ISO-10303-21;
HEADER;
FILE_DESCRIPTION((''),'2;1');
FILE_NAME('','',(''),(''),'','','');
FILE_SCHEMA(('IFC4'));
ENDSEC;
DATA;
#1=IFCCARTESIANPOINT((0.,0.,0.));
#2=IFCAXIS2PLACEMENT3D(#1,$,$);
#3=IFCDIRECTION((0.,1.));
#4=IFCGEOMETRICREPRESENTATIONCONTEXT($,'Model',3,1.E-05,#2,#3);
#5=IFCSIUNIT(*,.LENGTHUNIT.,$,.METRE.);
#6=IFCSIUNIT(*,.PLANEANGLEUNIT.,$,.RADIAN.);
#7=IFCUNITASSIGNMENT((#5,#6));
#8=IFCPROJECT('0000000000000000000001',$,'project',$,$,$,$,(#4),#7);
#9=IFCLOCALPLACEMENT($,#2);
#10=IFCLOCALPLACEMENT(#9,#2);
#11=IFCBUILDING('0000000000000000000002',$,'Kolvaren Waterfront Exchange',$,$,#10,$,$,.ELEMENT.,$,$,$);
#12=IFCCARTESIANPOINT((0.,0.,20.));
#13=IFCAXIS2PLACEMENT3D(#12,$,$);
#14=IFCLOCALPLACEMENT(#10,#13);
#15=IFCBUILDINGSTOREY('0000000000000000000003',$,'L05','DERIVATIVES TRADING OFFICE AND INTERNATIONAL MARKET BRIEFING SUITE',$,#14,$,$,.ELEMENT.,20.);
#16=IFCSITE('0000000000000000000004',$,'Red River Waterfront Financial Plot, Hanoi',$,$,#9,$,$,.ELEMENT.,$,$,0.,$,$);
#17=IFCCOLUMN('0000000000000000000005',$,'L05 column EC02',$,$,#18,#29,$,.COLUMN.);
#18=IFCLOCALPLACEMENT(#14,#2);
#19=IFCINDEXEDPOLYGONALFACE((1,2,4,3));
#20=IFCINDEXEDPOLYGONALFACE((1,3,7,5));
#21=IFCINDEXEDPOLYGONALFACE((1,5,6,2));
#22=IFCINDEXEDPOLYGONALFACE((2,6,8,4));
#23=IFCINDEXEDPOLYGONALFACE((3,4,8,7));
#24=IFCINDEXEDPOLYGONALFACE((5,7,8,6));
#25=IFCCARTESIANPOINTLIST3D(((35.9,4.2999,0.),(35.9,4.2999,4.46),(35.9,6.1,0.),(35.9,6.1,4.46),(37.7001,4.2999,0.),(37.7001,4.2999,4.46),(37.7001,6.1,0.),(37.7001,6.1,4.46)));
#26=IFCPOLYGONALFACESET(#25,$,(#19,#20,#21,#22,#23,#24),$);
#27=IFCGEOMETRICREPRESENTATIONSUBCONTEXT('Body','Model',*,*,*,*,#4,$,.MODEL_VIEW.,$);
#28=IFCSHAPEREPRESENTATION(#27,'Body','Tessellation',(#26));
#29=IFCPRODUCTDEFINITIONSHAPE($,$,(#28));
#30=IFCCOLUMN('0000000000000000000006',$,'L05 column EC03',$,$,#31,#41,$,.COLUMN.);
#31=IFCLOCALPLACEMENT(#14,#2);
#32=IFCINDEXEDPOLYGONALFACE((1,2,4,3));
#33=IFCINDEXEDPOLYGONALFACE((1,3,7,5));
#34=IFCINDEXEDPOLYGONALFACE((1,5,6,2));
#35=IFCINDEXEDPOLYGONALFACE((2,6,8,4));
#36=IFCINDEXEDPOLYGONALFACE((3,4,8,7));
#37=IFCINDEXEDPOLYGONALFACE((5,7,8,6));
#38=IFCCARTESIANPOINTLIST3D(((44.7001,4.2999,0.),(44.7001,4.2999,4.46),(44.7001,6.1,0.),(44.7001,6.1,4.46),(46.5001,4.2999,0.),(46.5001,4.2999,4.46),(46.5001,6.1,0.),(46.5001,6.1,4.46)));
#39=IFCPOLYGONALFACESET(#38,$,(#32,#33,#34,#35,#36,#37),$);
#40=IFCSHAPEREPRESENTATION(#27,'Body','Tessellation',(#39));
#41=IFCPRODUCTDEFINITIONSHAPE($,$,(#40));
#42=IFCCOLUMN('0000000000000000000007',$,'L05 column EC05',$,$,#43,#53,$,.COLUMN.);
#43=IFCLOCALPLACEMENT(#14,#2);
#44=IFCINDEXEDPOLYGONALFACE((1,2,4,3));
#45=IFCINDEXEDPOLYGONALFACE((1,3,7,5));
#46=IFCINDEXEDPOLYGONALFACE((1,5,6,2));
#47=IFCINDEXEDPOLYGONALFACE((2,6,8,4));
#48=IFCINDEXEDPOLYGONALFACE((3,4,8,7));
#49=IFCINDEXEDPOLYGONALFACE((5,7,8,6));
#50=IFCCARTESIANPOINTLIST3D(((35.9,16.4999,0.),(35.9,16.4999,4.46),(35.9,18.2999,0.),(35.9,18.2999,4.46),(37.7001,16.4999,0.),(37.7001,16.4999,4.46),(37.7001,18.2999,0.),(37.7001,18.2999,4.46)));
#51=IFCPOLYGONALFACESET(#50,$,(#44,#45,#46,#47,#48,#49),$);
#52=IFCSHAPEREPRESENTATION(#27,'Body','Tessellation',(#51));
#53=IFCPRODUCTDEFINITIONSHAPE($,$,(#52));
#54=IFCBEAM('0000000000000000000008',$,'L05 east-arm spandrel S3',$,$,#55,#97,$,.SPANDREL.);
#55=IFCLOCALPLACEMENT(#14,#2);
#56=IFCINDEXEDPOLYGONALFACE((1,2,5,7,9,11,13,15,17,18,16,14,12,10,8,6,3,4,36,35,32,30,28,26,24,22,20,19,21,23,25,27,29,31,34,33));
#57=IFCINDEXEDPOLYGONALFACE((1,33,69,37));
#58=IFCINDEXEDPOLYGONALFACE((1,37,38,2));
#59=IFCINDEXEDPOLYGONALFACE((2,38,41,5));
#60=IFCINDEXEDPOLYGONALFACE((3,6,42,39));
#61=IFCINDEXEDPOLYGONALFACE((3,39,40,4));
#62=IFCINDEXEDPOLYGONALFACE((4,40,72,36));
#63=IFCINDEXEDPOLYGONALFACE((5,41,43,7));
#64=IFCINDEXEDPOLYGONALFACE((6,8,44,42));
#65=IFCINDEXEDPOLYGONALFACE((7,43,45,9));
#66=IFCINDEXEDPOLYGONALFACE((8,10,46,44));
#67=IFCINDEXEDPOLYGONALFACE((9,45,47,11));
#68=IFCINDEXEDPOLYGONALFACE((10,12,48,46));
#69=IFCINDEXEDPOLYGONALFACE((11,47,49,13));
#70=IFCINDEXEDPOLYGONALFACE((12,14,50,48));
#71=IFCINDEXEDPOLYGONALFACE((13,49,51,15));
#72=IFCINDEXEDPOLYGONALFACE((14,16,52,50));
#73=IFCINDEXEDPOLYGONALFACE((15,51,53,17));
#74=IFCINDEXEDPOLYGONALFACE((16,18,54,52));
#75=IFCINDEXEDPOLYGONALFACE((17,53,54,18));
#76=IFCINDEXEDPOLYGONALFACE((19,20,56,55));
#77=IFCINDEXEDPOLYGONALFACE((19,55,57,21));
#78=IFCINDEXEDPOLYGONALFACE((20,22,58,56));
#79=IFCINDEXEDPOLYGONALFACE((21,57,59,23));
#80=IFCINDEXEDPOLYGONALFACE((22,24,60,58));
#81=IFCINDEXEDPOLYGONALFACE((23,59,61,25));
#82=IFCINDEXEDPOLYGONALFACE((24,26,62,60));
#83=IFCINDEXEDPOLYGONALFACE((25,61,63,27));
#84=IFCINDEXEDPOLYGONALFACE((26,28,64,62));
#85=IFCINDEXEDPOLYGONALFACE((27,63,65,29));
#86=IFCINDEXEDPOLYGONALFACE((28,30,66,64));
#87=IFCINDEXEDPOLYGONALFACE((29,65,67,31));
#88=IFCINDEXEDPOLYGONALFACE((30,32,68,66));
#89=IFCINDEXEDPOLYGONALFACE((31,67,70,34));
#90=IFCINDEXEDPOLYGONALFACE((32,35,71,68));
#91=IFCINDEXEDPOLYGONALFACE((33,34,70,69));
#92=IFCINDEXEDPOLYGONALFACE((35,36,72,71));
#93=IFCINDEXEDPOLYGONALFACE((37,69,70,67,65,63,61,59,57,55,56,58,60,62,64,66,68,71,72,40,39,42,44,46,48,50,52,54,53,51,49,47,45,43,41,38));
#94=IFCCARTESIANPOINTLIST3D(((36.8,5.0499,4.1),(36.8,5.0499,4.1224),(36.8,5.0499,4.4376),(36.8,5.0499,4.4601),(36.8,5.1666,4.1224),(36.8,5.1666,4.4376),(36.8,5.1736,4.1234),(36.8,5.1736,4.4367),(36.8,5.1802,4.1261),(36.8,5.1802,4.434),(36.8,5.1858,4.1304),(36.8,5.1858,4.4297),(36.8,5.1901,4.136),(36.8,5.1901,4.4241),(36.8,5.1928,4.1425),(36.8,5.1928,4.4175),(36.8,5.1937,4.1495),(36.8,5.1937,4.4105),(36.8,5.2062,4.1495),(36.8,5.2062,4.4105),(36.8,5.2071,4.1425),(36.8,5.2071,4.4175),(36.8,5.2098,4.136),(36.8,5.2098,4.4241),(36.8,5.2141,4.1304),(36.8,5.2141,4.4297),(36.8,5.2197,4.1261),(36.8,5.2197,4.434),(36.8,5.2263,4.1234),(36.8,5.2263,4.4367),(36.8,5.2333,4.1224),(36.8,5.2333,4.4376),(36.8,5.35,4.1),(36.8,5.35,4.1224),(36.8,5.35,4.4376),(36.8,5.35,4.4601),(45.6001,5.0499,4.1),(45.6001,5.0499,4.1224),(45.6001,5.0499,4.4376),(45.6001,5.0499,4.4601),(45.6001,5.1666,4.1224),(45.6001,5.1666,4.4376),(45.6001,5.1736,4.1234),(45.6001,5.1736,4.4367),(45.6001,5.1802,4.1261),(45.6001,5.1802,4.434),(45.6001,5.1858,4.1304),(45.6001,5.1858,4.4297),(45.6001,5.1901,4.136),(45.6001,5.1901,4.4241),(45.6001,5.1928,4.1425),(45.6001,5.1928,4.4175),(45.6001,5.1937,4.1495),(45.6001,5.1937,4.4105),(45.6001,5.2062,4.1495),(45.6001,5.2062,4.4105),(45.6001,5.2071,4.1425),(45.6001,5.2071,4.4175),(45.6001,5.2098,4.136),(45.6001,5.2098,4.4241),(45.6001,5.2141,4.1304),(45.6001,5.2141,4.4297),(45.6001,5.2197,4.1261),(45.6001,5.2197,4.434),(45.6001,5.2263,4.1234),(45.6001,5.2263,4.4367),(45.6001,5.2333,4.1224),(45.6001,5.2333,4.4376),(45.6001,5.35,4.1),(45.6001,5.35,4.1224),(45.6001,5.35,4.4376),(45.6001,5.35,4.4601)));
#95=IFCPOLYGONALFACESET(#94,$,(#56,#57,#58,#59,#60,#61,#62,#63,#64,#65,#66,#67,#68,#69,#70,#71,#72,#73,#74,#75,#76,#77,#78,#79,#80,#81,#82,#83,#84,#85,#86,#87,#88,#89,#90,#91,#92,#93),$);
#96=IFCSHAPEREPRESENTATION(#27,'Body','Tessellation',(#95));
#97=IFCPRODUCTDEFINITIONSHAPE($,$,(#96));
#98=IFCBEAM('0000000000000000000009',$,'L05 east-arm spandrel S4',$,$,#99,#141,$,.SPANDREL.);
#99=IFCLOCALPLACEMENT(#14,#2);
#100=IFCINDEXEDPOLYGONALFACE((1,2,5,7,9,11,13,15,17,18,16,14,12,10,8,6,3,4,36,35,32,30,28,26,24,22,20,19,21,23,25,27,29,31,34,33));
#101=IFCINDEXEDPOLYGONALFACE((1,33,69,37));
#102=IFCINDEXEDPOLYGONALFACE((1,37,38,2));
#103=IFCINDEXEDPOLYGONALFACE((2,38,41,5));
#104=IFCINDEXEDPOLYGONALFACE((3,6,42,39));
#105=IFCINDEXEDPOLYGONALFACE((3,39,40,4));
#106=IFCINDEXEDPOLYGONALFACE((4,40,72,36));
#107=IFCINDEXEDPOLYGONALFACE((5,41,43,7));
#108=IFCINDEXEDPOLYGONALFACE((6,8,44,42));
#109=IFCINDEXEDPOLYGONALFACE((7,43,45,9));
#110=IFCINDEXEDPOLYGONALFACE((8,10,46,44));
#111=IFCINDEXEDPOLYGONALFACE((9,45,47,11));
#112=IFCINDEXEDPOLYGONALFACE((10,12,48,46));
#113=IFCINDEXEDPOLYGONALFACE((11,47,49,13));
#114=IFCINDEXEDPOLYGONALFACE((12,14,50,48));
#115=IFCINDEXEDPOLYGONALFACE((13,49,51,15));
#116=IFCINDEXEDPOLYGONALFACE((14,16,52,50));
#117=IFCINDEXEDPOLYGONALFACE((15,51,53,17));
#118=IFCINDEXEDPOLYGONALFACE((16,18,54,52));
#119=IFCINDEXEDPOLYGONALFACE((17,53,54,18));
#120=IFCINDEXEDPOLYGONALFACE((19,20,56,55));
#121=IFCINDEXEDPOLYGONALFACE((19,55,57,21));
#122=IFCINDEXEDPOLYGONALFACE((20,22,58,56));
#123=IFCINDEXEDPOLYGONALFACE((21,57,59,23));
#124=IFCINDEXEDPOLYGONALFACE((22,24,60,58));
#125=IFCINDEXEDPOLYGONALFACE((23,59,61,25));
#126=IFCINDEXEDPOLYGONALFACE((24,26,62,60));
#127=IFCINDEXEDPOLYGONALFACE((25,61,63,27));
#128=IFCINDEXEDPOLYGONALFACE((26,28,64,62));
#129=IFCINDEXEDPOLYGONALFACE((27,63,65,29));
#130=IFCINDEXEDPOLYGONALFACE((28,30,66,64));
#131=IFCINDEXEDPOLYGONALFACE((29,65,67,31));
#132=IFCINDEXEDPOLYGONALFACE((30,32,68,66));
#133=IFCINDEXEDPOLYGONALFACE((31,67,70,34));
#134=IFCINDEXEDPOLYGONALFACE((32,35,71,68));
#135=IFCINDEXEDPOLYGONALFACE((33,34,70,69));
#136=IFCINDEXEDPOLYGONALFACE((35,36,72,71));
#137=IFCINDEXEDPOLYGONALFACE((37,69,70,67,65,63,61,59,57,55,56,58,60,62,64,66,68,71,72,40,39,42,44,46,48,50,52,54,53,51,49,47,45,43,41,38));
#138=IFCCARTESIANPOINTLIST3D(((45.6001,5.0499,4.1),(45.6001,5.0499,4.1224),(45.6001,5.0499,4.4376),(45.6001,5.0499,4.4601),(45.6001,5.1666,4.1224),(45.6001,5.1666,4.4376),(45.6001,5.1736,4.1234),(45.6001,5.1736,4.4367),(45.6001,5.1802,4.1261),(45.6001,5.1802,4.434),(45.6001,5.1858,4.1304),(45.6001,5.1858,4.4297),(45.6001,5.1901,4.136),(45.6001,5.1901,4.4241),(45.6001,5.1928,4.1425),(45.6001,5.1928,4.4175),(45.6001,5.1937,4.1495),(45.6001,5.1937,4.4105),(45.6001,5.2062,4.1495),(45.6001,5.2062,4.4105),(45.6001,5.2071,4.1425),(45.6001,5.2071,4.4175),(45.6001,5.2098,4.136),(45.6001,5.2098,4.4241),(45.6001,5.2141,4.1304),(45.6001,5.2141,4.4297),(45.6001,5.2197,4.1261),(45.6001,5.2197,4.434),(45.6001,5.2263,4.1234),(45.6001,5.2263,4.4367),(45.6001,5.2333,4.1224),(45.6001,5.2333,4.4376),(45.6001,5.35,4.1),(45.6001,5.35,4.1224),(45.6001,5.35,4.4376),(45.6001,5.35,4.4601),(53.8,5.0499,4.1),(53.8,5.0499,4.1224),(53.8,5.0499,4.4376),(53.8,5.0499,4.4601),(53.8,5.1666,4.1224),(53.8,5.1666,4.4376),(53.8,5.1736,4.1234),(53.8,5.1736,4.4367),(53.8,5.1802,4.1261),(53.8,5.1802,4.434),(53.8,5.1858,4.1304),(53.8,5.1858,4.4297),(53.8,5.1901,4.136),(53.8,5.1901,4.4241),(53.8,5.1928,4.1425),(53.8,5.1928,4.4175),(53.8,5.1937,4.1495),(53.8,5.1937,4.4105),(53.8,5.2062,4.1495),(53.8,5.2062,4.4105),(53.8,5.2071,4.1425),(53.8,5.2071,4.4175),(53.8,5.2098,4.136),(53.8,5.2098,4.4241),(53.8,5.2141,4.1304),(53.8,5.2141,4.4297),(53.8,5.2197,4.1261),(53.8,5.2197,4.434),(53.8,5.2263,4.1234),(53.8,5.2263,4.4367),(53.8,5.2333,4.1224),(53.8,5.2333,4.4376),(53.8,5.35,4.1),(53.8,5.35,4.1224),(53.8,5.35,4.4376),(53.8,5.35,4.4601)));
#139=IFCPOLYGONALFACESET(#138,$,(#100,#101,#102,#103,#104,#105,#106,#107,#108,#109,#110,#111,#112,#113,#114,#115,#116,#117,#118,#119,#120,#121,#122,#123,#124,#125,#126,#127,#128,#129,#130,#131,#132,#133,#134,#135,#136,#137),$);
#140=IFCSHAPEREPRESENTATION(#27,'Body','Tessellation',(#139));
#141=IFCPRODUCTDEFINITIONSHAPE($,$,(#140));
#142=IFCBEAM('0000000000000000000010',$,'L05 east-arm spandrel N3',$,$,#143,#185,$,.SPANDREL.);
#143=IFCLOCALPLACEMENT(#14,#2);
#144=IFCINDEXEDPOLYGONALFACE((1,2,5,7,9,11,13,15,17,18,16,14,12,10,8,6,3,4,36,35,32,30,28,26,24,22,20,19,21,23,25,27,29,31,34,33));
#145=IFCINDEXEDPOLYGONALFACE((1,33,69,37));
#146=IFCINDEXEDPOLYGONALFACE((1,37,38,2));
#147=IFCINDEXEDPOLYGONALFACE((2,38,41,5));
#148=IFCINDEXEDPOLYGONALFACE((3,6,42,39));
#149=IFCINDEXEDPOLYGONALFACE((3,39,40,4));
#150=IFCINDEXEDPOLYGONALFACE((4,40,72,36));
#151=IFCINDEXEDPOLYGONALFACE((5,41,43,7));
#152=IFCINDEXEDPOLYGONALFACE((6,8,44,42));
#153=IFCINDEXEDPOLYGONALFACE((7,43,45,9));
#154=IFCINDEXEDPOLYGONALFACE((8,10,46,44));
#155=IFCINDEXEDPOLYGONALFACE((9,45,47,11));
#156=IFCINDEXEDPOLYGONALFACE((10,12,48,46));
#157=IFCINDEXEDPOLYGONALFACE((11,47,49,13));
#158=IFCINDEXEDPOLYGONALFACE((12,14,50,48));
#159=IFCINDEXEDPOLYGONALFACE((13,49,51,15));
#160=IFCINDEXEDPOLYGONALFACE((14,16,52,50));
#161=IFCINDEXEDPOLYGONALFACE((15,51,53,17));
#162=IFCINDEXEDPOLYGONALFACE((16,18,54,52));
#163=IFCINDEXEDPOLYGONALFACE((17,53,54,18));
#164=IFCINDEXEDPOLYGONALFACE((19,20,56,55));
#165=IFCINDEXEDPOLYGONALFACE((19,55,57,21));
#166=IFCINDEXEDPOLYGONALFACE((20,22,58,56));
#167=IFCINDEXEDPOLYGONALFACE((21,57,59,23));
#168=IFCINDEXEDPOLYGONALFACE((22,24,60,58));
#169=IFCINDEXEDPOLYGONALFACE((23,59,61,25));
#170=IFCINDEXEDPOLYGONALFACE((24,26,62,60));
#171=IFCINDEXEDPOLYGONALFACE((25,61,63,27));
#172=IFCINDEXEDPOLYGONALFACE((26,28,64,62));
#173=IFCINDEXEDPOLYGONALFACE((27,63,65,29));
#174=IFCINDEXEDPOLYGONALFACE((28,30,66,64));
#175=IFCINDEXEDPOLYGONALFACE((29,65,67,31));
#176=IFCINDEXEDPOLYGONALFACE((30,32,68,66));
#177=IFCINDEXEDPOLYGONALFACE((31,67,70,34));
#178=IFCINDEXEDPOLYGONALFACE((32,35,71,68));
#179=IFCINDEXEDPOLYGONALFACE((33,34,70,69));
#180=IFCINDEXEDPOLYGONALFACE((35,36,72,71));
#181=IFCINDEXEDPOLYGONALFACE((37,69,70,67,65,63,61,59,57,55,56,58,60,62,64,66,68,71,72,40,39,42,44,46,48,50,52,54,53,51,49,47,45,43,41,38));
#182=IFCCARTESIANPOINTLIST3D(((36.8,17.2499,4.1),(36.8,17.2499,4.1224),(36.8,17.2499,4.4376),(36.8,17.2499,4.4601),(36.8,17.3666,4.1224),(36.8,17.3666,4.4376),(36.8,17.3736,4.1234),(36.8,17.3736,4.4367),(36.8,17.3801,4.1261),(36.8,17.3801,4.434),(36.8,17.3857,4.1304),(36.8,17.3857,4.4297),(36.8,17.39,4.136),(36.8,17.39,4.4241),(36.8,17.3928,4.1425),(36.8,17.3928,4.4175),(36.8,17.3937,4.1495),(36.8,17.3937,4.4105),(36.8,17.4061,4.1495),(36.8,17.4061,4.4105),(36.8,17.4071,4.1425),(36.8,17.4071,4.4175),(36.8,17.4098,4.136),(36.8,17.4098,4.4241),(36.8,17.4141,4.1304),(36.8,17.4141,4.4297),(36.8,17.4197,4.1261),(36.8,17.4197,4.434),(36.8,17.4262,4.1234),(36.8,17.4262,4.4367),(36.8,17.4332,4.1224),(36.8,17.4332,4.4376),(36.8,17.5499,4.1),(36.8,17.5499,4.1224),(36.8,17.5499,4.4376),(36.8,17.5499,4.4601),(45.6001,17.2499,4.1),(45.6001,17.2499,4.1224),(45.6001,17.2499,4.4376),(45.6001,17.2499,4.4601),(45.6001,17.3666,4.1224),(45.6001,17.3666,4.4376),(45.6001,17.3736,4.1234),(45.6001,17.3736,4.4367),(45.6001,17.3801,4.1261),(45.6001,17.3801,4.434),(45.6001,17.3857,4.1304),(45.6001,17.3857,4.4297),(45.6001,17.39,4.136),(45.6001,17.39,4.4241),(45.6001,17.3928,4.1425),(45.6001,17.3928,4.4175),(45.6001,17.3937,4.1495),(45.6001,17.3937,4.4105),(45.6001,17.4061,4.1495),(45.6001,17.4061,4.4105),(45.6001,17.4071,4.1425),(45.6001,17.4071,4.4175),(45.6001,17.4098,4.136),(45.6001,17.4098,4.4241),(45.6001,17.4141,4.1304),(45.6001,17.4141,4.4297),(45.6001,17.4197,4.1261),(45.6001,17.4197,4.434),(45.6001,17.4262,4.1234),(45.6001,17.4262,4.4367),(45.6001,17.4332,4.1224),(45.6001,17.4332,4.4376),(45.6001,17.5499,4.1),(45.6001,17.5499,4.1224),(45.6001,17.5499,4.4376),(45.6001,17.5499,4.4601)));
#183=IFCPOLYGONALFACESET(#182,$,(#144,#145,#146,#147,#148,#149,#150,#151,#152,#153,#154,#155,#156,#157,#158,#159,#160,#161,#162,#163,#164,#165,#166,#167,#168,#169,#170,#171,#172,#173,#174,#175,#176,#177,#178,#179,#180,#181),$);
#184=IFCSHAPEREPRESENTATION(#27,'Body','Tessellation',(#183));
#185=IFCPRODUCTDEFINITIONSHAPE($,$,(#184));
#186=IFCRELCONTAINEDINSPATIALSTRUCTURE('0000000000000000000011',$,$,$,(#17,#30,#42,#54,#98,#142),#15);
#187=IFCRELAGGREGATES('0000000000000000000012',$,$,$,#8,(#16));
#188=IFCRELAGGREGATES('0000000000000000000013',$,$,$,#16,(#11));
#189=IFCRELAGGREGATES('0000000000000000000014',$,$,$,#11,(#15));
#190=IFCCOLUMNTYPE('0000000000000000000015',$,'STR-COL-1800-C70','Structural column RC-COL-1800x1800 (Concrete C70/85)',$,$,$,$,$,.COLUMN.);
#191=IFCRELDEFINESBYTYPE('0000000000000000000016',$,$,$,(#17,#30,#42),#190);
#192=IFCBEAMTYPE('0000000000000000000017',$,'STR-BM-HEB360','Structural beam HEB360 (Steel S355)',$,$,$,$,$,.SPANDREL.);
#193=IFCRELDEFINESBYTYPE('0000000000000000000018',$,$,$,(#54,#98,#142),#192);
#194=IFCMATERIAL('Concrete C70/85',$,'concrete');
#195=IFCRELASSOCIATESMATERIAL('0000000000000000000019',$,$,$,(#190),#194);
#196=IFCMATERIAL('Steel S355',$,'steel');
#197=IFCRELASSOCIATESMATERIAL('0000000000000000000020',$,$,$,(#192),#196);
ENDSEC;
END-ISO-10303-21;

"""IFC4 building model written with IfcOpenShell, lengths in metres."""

from ifc_helpers import new_model, si_unit, direction, frame, origin, origin_2d, place, context, subcontext, project, spatial, rectangle, i_section, extrude, material, material_profile, profile_set, type_object, element, save


model = new_model("IFC4")

# Units and contexts
model_context = context("Model", 3, precision=1e-05, world=origin(), true_north=direction((0.0, 1.0)))
body_context = subcontext(model_context, "Body", "Model", "MODEL_VIEW")
ifc_project = project(units=[si_unit("LENGTHUNIT", "METRE"), si_unit("PLANEANGLEUNIT", "RADIAN")], contexts=[model_context])

# Site, building, storey
site_placement = place(None, origin())
site = spatial("IfcSite", under=ifc_project, at=site_placement, Name="Red River Waterfront Financial Plot, Hanoi", CompositionType="ELEMENT", RefElevation=0.0)
building_placement = place(site_placement, origin())
building = spatial("IfcBuilding", under=site, at=building_placement, Name="Kolvaren Waterfront Exchange", CompositionType="ELEMENT")
storey_placement = place(building_placement, frame((0.0, 0.0, 20.0)))
storey = spatial("IfcBuildingStorey", under=building, at=storey_placement, Name="L05", Description="DERIVATIVES TRADING OFFICE AND INTERNATIONAL MARKET BRIEFING SUITE", CompositionType="ELEMENT", Elevation=20.0)

# Columns
ifc_material_1 = material(Name="Concrete C70/85", Category="concrete")
ifc_material_profile_1 = material_profile(ifc_material_1, rectangle(XDim=1.8, YDim=1.8, at=origin_2d()), Name="RC-COL-1800x1800")
ifc_profile_set_1 = profile_set([ifc_material_profile_1], Name="Concrete C70/85")
column_type = type_object("IfcColumnType", Name="STR-COL-1800-C70", Description="Structural column RC-COL-1800x1800 (Concrete C70/85)", PredefinedType="COLUMN", material=ifc_profile_set_1)
for number, where, z_axis, x_axis, name in (
    (1, (36.8, 5.2, 0.0), (0.0, 0.0, 1.0), (1.0, 0.0, 0.0), "L05 column EC02"),
    (2, (45.6001, 5.2, 0.0), (0.0, 0.0, 1.0), (1.0, 0.0, 0.0), "L05 column EC03"),
    (3, (36.8, 17.3999, 0.0), (0.0, 0.0, 1.0), (1.0, 0.0, 0.0), "L05 column EC05"),
):
    element("IfcColumn", number, at=place(storey_placement, frame(where, z_axis=z_axis, x_axis=x_axis)), inside=storey, type_object=column_type, Name=name, PredefinedType="COLUMN", context=body_context, shape_type="SweptSolid", body=[
        extrude(rectangle(XDim=1.8, YDim=1.8, at=origin_2d()), origin(), (0.0, 0.0, 1.0), 4.46),
    ])

# Beams
ifc_material_2 = material(Name="Steel S355", Category="steel")
ifc_material_profile_2 = material_profile(ifc_material_2, i_section(OverallWidth=0.3, OverallDepth=0.3601, WebThickness=0.0125, FlangeThickness=0.0225, FilletRadius=0.0271, at=origin_2d()), Name="HEB360")
ifc_profile_set_2 = profile_set([ifc_material_profile_2], Name="Steel S355")
beam_type_1 = type_object("IfcBeamType", Name="STR-BM-HEB360", Description="Structural beam HEB360 (Steel S355)", PredefinedType="SPANDREL", material=ifc_profile_set_2)
beam_1_placement = place(storey_placement, frame((36.8, 5.2, 4.28), z_axis=(1.0, 0.0, 0.0), x_axis=(0.0, 1.0, 0.0)))
element("IfcBeam", 4, at=beam_1_placement, inside=storey, type_object=beam_type_1, Name="L05 east-arm spandrel S3", PredefinedType="SPANDREL", context=body_context, shape_type="SweptSolid", body=[
    extrude(i_section(OverallWidth=0.3, OverallDepth=0.3601, WebThickness=0.0125, FlangeThickness=0.0225, FilletRadius=0.0271, at=origin_2d()), origin(), (0.0, 0.0, 1.0), 8.8),
])
beam_2_placement = place(storey_placement, frame((45.6001, 5.2, 4.28), z_axis=(1.0, 0.0, 0.0), x_axis=(0.0, 1.0, 0.0)))
element("IfcBeam", 5, at=beam_2_placement, inside=storey, type_object=beam_type_1, Name="L05 east-arm spandrel S4", PredefinedType="SPANDREL", context=body_context, shape_type="SweptSolid", body=[
    extrude(i_section(OverallWidth=0.3, OverallDepth=0.3601, WebThickness=0.0125, FlangeThickness=0.0225, FilletRadius=0.0271, at=origin_2d()), origin(), (0.0, 0.0, 1.0), 8.2),
])
beam_3_placement = place(storey_placement, frame((36.8, 17.3999, 4.28), z_axis=(1.0, 0.0, 0.0), x_axis=(0.0, 1.0, 0.0)))
element("IfcBeam", 6, at=beam_3_placement, inside=storey, type_object=beam_type_1, Name="L05 east-arm spandrel N3", PredefinedType="SPANDREL", context=body_context, shape_type="SweptSolid", body=[
    extrude(i_section(OverallWidth=0.3, OverallDepth=0.3601, WebThickness=0.0125, FlangeThickness=0.0225, FilletRadius=0.0271, at=origin_2d()), origin(), (0.0, 0.0, 1.0), 8.8),
])

save(model, "model.ifc")
